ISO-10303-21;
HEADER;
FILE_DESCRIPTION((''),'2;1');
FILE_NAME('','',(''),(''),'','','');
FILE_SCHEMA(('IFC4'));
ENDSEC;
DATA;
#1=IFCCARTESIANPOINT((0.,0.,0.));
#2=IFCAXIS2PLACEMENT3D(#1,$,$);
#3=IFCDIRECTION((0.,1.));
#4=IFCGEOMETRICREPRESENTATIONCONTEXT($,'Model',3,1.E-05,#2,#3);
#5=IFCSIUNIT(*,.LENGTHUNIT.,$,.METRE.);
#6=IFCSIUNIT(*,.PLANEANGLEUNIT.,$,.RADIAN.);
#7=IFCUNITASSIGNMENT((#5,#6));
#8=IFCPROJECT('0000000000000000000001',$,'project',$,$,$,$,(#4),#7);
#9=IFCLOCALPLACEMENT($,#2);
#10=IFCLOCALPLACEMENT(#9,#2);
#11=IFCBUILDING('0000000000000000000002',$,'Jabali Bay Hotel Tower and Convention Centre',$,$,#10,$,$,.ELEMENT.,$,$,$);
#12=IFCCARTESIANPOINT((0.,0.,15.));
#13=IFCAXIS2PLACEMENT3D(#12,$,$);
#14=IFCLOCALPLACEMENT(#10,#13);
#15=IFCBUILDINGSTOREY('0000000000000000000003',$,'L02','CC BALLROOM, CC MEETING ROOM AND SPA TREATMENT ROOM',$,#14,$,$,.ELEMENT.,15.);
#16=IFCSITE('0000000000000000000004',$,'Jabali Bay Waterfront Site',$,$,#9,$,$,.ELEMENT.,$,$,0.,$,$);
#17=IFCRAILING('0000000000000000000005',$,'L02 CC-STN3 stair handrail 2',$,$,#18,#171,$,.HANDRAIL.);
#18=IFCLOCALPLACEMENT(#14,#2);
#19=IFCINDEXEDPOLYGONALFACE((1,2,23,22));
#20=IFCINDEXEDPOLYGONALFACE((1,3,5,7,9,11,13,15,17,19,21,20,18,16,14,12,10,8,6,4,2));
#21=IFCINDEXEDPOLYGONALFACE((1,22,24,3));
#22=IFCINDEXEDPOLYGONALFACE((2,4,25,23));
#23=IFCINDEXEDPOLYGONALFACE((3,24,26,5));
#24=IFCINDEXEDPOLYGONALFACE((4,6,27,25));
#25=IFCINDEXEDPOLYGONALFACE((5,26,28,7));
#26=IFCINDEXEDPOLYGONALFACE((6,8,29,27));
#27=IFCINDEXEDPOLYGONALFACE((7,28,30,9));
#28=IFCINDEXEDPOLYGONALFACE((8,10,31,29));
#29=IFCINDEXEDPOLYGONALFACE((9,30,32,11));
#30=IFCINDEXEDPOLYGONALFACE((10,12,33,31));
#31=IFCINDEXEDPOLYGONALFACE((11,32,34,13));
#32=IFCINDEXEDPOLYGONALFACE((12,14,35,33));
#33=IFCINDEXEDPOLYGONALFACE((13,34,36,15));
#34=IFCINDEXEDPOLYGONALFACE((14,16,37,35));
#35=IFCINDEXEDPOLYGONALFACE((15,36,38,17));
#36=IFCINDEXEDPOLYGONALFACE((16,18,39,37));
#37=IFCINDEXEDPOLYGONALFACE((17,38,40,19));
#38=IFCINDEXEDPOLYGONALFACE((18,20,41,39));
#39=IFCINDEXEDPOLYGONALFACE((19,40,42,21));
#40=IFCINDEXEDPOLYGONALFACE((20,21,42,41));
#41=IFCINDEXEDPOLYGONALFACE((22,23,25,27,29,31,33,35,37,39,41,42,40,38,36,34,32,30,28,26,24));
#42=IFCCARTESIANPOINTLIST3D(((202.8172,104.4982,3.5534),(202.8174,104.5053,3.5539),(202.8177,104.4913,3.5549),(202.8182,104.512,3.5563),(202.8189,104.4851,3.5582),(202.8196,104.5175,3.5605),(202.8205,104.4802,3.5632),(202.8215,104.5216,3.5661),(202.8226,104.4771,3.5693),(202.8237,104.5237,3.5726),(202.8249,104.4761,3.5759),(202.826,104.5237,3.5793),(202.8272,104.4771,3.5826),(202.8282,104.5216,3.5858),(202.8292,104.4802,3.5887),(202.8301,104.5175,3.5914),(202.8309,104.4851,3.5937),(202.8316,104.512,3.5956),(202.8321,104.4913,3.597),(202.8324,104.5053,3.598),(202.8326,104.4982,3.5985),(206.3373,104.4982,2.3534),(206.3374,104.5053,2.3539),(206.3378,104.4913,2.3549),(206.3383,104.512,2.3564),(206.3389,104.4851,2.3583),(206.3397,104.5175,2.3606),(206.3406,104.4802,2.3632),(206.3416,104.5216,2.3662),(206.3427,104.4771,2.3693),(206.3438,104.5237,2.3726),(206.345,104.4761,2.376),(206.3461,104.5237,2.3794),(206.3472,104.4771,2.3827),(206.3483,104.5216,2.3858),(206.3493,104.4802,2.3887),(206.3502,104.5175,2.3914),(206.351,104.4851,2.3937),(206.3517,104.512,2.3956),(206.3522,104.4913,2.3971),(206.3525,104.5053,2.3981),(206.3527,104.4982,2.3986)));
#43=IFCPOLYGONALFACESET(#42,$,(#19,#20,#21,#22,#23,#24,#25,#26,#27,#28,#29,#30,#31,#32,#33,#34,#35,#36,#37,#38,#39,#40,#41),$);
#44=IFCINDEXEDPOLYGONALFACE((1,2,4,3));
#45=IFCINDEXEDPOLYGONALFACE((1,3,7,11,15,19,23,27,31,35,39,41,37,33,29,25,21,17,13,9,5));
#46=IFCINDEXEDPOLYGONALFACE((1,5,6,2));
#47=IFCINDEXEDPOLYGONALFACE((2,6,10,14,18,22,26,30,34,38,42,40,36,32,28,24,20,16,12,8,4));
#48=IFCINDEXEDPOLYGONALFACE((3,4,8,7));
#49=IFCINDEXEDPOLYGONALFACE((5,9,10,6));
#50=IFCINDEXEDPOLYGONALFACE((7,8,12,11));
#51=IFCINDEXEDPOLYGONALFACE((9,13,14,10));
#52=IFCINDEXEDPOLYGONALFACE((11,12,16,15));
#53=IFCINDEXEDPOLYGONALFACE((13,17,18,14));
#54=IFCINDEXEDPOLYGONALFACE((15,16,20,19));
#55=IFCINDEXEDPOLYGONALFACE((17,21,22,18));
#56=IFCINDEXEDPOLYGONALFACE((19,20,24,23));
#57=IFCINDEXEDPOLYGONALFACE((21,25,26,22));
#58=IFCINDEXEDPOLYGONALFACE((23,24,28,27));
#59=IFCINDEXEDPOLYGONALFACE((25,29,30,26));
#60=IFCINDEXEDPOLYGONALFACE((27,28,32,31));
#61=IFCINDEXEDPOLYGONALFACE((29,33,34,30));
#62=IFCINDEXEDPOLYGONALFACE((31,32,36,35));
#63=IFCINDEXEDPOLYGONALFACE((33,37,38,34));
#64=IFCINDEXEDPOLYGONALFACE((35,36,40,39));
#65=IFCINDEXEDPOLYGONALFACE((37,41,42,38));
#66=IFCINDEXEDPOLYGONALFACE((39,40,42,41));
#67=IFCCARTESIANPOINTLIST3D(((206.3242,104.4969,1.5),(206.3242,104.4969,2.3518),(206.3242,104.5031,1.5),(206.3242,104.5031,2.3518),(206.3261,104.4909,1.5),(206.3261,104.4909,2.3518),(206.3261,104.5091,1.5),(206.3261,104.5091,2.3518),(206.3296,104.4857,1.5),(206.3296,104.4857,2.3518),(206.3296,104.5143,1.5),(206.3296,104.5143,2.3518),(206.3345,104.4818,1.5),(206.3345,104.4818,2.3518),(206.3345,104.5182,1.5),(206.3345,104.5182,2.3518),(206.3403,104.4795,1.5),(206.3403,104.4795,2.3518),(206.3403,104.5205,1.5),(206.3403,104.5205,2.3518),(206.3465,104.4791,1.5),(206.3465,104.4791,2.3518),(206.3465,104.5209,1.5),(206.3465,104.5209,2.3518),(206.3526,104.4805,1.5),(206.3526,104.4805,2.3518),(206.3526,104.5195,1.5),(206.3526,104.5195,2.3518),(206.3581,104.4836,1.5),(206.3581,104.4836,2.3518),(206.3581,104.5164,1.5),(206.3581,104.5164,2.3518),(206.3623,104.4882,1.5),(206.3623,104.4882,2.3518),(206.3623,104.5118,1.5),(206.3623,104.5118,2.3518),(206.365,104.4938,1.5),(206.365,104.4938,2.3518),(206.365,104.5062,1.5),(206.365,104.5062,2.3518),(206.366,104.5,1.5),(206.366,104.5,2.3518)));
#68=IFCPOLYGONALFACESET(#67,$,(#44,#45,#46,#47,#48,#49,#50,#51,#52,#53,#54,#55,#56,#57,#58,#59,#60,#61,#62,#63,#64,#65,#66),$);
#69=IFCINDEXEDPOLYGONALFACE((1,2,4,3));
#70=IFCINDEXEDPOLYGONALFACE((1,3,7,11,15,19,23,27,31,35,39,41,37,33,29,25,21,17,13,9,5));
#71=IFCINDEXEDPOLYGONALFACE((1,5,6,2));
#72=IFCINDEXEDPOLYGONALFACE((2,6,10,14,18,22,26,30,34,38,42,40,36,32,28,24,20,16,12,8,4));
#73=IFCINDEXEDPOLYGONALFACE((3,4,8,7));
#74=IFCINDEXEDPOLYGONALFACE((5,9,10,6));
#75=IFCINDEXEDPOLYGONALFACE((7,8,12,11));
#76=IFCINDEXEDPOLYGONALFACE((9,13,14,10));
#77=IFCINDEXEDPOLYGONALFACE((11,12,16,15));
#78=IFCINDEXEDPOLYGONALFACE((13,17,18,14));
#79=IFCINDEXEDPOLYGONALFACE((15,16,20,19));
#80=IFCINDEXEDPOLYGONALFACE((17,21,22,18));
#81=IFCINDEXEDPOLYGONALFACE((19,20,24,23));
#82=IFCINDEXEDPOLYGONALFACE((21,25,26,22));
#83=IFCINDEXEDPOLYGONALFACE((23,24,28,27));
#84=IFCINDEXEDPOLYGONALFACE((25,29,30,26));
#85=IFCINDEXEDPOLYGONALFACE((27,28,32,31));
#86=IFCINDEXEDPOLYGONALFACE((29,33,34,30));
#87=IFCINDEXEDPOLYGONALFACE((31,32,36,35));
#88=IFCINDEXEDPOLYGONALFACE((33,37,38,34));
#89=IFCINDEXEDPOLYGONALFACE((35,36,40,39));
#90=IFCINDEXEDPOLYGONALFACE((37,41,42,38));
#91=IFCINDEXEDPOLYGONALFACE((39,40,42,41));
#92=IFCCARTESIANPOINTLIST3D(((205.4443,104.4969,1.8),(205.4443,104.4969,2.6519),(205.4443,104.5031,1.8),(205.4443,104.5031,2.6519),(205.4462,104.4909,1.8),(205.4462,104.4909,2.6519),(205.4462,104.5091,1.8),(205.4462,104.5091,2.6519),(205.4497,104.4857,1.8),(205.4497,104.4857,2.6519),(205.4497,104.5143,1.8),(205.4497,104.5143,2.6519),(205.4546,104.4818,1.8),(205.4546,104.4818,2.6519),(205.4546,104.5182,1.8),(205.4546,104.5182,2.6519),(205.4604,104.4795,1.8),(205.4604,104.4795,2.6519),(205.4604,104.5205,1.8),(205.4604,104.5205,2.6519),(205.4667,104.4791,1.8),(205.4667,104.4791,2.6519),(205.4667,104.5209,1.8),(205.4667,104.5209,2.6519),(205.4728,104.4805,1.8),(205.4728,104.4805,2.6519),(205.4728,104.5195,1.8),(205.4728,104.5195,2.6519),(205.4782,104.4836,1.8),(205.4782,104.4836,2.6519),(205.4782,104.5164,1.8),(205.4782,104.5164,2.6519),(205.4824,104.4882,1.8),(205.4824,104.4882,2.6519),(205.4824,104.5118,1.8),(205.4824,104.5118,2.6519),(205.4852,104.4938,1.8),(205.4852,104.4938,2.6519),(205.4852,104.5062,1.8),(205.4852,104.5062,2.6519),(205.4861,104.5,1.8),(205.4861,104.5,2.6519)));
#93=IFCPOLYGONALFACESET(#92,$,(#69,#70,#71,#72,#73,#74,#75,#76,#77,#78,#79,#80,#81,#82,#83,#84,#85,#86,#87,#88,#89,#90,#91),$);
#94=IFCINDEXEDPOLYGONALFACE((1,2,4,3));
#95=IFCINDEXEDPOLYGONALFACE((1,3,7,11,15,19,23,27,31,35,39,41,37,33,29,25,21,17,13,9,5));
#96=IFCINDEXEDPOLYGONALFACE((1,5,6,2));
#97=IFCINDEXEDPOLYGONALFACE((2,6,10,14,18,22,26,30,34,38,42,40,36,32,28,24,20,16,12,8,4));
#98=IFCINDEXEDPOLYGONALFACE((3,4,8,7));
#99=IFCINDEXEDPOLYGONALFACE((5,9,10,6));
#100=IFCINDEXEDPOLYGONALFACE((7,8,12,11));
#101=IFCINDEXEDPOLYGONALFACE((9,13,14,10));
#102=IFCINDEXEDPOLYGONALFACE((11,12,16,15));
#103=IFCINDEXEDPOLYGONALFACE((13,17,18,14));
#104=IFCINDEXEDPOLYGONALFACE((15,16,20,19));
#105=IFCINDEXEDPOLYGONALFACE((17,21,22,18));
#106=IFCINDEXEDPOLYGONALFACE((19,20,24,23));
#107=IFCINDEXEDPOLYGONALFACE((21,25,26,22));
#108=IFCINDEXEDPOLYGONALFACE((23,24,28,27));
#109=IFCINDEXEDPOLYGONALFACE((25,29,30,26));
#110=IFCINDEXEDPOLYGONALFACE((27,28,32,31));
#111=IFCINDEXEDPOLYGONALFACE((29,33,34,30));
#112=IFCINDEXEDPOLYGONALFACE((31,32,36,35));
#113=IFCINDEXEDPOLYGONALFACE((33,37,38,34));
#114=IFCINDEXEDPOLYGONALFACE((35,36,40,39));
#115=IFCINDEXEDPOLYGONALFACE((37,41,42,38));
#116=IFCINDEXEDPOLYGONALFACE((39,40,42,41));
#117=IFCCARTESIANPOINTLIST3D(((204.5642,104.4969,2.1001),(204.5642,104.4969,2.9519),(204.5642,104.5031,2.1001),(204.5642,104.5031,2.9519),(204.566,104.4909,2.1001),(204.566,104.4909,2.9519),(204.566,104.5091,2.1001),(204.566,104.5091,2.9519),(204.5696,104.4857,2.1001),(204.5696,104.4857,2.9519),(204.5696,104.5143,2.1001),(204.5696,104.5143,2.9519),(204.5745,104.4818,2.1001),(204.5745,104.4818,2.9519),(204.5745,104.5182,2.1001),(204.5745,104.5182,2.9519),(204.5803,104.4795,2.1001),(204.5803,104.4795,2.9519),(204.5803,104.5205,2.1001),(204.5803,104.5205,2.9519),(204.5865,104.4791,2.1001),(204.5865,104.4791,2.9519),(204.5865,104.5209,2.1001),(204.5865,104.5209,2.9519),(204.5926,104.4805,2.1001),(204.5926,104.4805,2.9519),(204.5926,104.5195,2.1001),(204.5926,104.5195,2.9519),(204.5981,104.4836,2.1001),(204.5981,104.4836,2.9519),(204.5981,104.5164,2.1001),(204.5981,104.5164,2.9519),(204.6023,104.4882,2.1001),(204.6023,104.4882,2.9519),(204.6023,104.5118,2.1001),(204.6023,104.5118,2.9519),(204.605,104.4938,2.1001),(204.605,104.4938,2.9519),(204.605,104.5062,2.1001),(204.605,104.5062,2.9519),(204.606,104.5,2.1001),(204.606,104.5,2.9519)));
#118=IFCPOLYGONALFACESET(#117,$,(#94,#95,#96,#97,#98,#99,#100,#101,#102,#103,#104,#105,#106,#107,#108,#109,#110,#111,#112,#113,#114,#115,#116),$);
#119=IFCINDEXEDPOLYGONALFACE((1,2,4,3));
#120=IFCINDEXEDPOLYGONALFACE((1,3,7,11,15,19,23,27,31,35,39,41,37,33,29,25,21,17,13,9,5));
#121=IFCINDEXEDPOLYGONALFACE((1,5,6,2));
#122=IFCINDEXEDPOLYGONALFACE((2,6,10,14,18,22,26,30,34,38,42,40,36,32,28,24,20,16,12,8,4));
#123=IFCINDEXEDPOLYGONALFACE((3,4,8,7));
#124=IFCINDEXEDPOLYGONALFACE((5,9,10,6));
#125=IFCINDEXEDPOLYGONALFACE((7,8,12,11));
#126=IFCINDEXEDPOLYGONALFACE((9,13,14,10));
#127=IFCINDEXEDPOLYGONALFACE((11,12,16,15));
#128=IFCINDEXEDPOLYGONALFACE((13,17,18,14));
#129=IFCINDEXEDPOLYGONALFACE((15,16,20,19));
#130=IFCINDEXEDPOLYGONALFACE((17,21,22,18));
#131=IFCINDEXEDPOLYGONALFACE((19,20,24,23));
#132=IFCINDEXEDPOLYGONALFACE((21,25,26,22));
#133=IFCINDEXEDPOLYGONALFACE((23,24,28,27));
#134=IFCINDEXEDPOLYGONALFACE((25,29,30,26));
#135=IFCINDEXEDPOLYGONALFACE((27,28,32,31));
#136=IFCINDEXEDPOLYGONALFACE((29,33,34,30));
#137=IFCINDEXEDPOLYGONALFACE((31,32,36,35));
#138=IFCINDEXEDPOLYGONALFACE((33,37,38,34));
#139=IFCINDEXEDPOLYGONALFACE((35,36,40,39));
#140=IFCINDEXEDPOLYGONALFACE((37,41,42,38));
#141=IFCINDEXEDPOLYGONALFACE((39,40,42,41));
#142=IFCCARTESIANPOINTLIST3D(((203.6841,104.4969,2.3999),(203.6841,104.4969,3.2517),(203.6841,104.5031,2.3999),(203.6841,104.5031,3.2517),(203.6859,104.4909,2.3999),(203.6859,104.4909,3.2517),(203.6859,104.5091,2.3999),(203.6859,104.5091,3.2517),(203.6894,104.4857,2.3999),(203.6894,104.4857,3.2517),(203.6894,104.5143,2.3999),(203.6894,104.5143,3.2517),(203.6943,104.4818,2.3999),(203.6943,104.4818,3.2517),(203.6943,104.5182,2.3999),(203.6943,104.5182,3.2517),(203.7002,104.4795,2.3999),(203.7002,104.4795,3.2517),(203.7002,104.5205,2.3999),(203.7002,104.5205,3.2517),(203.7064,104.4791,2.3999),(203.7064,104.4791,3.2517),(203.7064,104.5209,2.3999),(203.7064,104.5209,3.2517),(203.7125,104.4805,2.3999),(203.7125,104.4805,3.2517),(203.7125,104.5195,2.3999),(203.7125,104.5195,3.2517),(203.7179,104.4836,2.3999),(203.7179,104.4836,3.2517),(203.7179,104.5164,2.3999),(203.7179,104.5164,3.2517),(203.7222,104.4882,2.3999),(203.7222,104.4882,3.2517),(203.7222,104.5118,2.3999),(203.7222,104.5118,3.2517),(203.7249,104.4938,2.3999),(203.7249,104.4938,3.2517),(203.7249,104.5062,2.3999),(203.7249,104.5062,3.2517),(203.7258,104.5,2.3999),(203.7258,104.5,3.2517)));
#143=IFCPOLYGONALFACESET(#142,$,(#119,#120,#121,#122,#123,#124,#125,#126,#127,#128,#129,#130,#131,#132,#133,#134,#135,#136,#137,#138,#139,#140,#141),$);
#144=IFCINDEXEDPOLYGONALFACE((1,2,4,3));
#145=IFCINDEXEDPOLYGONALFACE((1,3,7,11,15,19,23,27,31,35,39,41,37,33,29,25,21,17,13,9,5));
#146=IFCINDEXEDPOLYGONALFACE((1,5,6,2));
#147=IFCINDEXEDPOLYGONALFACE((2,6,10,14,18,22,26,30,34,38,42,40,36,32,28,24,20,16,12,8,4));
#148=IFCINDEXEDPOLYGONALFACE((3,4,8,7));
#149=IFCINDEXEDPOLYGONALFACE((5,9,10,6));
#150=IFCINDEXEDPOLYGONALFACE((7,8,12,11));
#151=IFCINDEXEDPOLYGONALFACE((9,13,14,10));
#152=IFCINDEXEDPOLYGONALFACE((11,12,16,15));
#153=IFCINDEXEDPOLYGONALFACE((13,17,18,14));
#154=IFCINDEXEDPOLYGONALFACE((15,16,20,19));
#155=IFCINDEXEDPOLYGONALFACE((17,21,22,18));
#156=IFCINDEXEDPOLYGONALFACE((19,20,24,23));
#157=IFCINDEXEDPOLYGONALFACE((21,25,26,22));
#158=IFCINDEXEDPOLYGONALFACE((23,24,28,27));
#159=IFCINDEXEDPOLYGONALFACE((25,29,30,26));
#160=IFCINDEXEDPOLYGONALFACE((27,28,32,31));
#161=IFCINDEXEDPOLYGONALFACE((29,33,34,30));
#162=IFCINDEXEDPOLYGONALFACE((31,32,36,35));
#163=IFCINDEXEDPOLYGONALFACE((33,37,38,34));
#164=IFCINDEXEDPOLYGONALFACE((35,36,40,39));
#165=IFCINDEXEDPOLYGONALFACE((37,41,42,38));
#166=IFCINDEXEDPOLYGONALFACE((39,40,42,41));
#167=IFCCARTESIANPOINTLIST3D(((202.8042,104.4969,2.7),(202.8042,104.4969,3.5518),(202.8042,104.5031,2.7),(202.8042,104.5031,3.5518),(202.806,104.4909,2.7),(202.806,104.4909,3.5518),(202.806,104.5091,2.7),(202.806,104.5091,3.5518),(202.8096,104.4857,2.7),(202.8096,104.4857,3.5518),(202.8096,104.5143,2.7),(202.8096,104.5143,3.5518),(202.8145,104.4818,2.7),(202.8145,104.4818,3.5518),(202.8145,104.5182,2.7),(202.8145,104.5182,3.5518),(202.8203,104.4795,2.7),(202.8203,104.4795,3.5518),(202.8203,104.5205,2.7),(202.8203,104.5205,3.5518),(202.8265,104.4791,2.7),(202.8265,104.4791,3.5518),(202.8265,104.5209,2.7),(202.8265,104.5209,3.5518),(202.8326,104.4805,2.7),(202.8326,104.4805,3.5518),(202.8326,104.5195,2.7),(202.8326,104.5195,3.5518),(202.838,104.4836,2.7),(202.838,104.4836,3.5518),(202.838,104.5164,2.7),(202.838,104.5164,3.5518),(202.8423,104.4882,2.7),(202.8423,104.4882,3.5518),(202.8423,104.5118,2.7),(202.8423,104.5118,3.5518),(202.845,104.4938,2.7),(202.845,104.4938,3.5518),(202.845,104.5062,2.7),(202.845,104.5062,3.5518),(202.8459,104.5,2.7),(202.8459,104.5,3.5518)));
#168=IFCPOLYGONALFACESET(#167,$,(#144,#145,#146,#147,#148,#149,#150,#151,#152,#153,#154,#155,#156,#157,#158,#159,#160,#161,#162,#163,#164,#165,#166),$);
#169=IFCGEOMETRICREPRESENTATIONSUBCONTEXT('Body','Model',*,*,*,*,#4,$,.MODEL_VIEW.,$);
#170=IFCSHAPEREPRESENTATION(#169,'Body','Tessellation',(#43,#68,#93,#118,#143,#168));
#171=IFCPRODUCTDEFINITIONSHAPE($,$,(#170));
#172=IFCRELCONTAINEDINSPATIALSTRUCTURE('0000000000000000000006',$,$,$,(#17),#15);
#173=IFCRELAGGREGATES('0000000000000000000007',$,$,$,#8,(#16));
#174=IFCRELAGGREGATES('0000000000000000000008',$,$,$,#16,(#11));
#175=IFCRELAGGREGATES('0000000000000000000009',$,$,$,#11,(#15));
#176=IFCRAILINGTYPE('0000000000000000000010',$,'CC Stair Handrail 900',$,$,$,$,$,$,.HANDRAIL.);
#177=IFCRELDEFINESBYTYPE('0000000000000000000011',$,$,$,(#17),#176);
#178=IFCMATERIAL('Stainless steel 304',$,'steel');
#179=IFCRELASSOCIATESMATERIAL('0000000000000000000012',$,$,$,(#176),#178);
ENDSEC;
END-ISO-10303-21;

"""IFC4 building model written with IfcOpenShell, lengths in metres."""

from ifc_helpers import new_model, si_unit, direction, frame, origin, origin_2d, place, context, subcontext, project, spatial, circle, extrude, material, type_object, element, save


model = new_model("IFC4")

# Units and contexts
model_context = context("Model", 3, precision=1e-05, world=origin(), true_north=direction((0.0, 1.0)))
body_context = subcontext(model_context, "Body", "Model", "MODEL_VIEW")
ifc_project = project(units=[si_unit("LENGTHUNIT", "METRE"), si_unit("PLANEANGLEUNIT", "RADIAN")], contexts=[model_context])

# Site, building, storey
site_placement = place(None, origin())
site = spatial("IfcSite", under=ifc_project, at=site_placement, Name="Jabali Bay Waterfront Site", CompositionType="ELEMENT", RefElevation=0.0)
building_placement = place(site_placement, origin())
building = spatial("IfcBuilding", under=site, at=building_placement, Name="Jabali Bay Hotel Tower and Convention Centre", CompositionType="ELEMENT")
storey_placement = place(building_placement, frame((0.0, 0.0, 15.0)))
storey = spatial("IfcBuildingStorey", under=building, at=storey_placement, Name="L02", Description="CC BALLROOM, CC MEETING ROOM AND SPA TREATMENT ROOM", CompositionType="ELEMENT", Elevation=15.0)

# Railing
ifc_material_1 = material(Name="Stainless steel 304", Category="steel")
railing_type_1 = type_object("IfcRailingType", Name="CC Stair Handrail 900", PredefinedType="HANDRAIL", material=ifc_material_1)
for number, where, name in (
    (1, (206.345, 104.5, 1.5), "L02 CC-STN3 stair handrail 2"),
):
    element("IfcRailing", number, at=place(storey_placement, frame(where)), inside=storey, type_object=railing_type_1, Name=name, PredefinedType="HANDRAIL", context=body_context, shape_type="SweptSolid", body=[
        extrude(circle(Radius=0.0239, at=origin_2d()), frame((0.0, 0.0, 0.876), z_axis=(-0.946515, 0.0, 0.322661), x_axis=(0.0, -1.0, 0.0)), (0.0, 0.0, 1.0), 3.719),
        extrude(circle(Radius=0.021, at=origin_2d()), origin(), (0.0, 0.0, 1.0), 0.8518),
        extrude(circle(Radius=0.021, at=origin_2d()), frame((-0.8799, 0.0, 0.3)), (0.0, 0.0, 1.0), 0.8518),
        extrude(circle(Radius=0.021, at=origin_2d()), frame((-1.76, 0.0, 0.6001)), (0.0, 0.0, 1.0), 0.8518),
        extrude(circle(Radius=0.021, at=origin_2d()), frame((-2.6401, 0.0, 0.8999)), (0.0, 0.0, 1.0), 0.8518),
        extrude(circle(Radius=0.021, at=origin_2d()), frame((-3.52, 0.0, 1.2)), (0.0, 0.0, 1.0), 0.8518),
    ])

save(model, "model.ifc")
